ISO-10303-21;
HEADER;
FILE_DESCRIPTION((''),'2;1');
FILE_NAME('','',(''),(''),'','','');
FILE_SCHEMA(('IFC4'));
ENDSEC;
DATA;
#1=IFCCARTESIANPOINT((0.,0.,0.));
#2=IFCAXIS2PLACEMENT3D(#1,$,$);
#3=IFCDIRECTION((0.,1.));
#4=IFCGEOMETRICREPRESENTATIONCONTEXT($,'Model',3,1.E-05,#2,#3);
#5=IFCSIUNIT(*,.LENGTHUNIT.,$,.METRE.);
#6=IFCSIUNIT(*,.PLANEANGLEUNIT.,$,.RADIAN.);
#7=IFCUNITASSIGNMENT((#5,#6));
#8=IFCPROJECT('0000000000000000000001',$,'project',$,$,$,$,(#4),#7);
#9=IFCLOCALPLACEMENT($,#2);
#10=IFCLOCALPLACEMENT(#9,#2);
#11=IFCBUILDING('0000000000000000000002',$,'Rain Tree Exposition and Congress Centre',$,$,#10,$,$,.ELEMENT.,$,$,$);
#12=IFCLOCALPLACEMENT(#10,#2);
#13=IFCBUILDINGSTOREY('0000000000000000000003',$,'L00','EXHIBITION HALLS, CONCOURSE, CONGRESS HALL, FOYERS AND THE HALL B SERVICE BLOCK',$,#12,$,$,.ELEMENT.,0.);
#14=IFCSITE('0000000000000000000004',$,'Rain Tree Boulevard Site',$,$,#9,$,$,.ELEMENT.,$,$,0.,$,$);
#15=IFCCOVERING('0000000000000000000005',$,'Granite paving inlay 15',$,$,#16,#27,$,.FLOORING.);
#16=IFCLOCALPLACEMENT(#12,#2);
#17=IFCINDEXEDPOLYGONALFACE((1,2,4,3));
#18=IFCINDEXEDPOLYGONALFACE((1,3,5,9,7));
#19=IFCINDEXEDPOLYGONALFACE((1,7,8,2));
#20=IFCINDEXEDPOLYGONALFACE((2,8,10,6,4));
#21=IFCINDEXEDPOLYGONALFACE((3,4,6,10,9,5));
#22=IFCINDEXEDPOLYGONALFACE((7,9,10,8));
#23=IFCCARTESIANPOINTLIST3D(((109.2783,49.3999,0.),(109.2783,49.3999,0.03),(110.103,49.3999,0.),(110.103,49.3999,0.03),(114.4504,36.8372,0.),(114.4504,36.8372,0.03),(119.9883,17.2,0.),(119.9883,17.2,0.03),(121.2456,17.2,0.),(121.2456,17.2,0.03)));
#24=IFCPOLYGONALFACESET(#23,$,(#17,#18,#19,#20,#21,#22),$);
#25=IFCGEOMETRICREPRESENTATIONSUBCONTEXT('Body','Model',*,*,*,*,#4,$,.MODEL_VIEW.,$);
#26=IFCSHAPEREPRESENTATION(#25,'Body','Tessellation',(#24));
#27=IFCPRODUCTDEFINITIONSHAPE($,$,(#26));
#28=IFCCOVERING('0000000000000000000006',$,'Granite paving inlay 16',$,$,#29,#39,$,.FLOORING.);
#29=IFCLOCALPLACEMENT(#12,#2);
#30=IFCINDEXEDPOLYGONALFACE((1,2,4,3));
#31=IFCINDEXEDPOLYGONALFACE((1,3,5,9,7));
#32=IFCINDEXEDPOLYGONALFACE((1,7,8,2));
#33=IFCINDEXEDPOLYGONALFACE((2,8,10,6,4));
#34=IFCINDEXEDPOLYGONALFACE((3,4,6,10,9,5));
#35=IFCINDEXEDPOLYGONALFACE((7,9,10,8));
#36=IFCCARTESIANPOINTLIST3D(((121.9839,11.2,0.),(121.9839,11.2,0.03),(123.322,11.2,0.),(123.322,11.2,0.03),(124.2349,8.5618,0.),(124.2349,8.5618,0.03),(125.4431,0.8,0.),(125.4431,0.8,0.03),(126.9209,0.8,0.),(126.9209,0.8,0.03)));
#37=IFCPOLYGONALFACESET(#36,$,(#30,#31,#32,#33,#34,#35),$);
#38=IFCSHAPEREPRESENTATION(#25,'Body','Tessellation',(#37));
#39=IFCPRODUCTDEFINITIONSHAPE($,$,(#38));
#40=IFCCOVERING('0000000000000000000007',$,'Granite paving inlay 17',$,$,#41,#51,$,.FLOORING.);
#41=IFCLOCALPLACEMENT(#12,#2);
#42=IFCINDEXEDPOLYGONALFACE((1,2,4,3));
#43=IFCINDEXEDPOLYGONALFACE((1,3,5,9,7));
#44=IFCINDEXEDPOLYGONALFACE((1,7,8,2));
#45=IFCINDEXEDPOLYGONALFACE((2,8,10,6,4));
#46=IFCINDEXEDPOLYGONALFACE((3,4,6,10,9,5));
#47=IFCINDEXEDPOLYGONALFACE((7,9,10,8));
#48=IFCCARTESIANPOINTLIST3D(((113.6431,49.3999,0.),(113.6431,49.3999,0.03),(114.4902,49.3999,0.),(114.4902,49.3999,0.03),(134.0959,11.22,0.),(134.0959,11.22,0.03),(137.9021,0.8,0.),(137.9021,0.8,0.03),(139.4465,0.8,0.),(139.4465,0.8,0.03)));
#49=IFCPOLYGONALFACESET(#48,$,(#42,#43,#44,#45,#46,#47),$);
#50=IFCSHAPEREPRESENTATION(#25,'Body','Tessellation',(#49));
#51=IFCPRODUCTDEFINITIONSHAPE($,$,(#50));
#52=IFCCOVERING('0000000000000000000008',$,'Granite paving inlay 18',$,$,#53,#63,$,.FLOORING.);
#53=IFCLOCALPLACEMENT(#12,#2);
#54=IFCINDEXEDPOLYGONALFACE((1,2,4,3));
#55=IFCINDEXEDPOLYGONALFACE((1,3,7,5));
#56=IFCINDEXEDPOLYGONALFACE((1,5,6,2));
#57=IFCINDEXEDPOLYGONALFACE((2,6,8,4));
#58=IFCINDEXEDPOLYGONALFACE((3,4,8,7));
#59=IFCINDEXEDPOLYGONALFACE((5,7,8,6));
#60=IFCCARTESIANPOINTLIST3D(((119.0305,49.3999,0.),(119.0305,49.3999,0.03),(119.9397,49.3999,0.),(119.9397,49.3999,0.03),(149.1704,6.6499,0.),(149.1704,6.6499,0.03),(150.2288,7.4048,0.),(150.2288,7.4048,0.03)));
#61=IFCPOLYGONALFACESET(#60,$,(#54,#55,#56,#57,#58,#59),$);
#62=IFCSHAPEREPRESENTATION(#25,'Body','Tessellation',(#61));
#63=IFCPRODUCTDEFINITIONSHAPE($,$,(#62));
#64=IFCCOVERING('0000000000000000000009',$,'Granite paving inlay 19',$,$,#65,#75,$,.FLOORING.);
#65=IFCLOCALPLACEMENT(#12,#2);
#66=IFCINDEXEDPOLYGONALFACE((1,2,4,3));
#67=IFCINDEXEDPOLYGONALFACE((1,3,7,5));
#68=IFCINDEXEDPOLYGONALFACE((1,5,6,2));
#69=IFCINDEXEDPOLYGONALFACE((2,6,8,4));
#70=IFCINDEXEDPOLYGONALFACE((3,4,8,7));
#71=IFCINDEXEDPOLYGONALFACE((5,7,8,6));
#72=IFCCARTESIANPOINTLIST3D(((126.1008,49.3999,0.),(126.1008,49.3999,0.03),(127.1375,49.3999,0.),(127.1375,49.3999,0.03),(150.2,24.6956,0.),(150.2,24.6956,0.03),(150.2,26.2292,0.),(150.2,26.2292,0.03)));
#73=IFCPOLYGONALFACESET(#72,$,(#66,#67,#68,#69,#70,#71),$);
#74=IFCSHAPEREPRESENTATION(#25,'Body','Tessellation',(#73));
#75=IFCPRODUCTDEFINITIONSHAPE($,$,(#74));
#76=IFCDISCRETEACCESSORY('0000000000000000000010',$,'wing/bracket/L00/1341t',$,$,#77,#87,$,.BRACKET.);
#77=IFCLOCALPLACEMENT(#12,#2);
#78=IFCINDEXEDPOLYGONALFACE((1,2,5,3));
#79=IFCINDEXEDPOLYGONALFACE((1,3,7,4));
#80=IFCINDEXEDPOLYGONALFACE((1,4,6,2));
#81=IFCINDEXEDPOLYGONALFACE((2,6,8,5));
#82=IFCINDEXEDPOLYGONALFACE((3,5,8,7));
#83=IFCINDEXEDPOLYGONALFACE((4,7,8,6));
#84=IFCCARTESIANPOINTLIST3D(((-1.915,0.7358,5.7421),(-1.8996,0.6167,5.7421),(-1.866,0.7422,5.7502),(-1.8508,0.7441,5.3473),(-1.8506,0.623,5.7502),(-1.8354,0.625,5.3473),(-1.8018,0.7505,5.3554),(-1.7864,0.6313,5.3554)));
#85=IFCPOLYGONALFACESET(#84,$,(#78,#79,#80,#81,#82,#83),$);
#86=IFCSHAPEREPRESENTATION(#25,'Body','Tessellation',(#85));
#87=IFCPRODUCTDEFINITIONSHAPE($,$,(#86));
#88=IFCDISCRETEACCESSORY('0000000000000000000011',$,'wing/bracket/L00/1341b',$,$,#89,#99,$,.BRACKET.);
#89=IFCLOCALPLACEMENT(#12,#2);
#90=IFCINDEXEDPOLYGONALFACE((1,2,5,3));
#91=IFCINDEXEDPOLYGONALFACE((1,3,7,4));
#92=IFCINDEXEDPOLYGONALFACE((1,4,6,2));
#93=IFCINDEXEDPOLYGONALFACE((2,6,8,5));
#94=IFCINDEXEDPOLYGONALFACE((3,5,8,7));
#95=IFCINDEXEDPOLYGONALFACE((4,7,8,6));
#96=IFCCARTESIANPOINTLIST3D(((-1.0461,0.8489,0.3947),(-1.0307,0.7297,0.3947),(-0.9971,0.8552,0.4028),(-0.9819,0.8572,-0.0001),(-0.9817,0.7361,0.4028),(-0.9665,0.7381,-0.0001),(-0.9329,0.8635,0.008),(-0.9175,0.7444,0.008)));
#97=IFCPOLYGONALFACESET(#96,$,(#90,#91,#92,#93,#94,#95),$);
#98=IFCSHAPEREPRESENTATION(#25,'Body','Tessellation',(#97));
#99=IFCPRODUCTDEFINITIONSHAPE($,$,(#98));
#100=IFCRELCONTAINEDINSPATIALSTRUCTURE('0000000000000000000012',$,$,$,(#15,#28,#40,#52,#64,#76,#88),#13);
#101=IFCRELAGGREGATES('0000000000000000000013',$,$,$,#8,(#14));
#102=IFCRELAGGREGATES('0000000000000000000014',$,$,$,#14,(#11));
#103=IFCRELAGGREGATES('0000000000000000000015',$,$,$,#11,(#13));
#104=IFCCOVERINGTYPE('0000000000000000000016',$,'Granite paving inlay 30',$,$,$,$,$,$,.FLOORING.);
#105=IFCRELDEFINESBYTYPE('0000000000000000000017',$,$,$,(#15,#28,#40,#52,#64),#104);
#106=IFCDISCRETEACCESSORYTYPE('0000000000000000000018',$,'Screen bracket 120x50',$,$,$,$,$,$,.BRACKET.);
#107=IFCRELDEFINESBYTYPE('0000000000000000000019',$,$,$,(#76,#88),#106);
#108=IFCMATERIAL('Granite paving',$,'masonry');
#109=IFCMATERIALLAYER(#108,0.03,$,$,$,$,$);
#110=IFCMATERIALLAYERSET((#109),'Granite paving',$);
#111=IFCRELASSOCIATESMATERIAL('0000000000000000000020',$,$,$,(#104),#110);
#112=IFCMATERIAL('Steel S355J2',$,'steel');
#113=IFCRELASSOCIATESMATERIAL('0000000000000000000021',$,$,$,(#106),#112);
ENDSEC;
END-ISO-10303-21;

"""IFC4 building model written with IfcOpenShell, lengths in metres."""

from ifc_helpers import new_model, si_unit, direction, frame, origin, origin_2d, place, context, subcontext, project, spatial, polyline, rectangle, outline, extrude, material, layer, layer_set, material_profile, profile_set, type_object, element, save


model = new_model("IFC4")

# Units and contexts
model_context = context("Model", 3, precision=1e-05, world=origin(), true_north=direction((0.0, 1.0)))
body_context = subcontext(model_context, "Body", "Model", "MODEL_VIEW")
ifc_project = project(units=[si_unit("LENGTHUNIT", "METRE"), si_unit("PLANEANGLEUNIT", "RADIAN")], contexts=[model_context])

# Site, building, storey
site_placement = place(None, origin())
site = spatial("IfcSite", under=ifc_project, at=site_placement, Name="Rain Tree Boulevard Site", CompositionType="ELEMENT", RefElevation=0.0)
building_placement = place(site_placement, origin())
building = spatial("IfcBuilding", under=site, at=building_placement, Name="Rain Tree Exposition and Congress Centre", CompositionType="ELEMENT")
storey_placement = place(building_placement, origin())
storey = spatial("IfcBuildingStorey", under=building, at=storey_placement, Name="L00", Description="EXHIBITION HALLS, CONCOURSE, CONGRESS HALL, FOYERS AND THE HALL B SERVICE BLOCK", CompositionType="ELEMENT", Elevation=0.0)

# Coverings
ifc_material_1 = material(Name="Granite paving", Category="masonry")
ifc_layer_1 = layer(ifc_material_1, 0.03)
ifc_layer_set_1 = layer_set([ifc_layer_1], Name="Granite paving")
covering_type_1 = type_object("IfcCoveringType", Name="Granite paving inlay 30", PredefinedType="FLOORING", material=ifc_layer_set_1)
covering_1_placement = place(storey_placement, origin())
element("IfcCovering", 1, at=covering_1_placement, inside=storey, type_object=covering_type_1, Name="Granite paving inlay 15", PredefinedType="FLOORING", context=body_context, shape_type="SweptSolid", body=[
    extrude(outline(polyline([(110.103, 49.3999), (109.2783, 49.3999), (119.9883, 17.2), (121.2456, 17.2), (114.4504, 36.8372), (110.103, 49.3999)])), origin(), (0.0, 0.0, 1.0), 0.03),
])
covering_2_placement = place(storey_placement, origin())
element("IfcCovering", 2, at=covering_2_placement, inside=storey, type_object=covering_type_1, Name="Granite paving inlay 16", PredefinedType="FLOORING", context=body_context, shape_type="SweptSolid", body=[
    extrude(outline(polyline([(123.322, 11.2), (121.9839, 11.2), (125.4431, 0.8), (126.9209, 0.8), (124.2349, 8.5618), (123.322, 11.2)])), origin(), (0.0, 0.0, 1.0), 0.03),
])
covering_3_placement = place(storey_placement, origin())
element("IfcCovering", 3, at=covering_3_placement, inside=storey, type_object=covering_type_1, Name="Granite paving inlay 17", PredefinedType="FLOORING", context=body_context, shape_type="SweptSolid", body=[
    extrude(outline(polyline([(114.4902, 49.3999), (113.6431, 49.3999), (137.9021, 0.8), (139.4465, 0.8), (134.0959, 11.22), (114.4902, 49.3999)])), origin(), (0.0, 0.0, 1.0), 0.03),
])
covering_4_placement = place(storey_placement, origin())
element("IfcCovering", 4, at=covering_4_placement, inside=storey, type_object=covering_type_1, Name="Granite paving inlay 18", PredefinedType="FLOORING", context=body_context, shape_type="SweptSolid", body=[
    extrude(outline(polyline([(119.9397, 49.3999), (119.0305, 49.3999), (149.1704, 6.6499), (150.2288, 7.4048), (119.9397, 49.3999)])), origin(), (0.0, 0.0, 1.0), 0.03),
])
covering_5_placement = place(storey_placement, origin())
element("IfcCovering", 5, at=covering_5_placement, inside=storey, type_object=covering_type_1, Name="Granite paving inlay 19", PredefinedType="FLOORING", context=body_context, shape_type="SweptSolid", body=[
    extrude(outline(polyline([(127.1375, 49.3999), (126.1008, 49.3999), (150.2, 24.6956), (150.2, 26.2292), (127.1375, 49.3999)])), origin(), (0.0, 0.0, 1.0), 0.03),
])

# Discrete accessories
ifc_material_2 = material(Name="Steel S355J2", Category="steel")
ifc_material_profile_1 = material_profile(ifc_material_2, rectangle(XDim=0.1201, YDim=0.05, at=origin_2d()), Name="Flat bar 120x50")
ifc_profile_set_1 = profile_set([ifc_material_profile_1], Name="Steel S355J2")
discrete_accessory_type = type_object("IfcDiscreteAccessoryType", Name="Screen bracket 120x50", PredefinedType="BRACKET", material=ifc_profile_set_1)
for number, where, z_axis, x_axis, name in (
    (6, (-1.8186, 0.6877, 5.3513), (-0.160503, -0.020749, 0.986817), (0.128211, -0.991747, 0.0), "wing/bracket/L00/1341t"),
    (7, (-0.9497, 0.8008, 0.0039), (-0.160503, -0.020749, 0.986817), (0.128211, -0.991747, 0.0), "wing/bracket/L00/1341b"),
):
    element("IfcDiscreteAccessory", number, at=place(storey_placement, frame(where, z_axis=z_axis, x_axis=x_axis)), inside=storey, type_object=discrete_accessory_type, Name=name, PredefinedType="BRACKET", context=body_context, shape_type="SweptSolid", body=[
        extrude(rectangle(XDim=0.1201, YDim=0.05, at=origin_2d()), origin(), (0.0, 0.0, 1.0), 0.4001),
    ])

save(model, "model.ifc")
